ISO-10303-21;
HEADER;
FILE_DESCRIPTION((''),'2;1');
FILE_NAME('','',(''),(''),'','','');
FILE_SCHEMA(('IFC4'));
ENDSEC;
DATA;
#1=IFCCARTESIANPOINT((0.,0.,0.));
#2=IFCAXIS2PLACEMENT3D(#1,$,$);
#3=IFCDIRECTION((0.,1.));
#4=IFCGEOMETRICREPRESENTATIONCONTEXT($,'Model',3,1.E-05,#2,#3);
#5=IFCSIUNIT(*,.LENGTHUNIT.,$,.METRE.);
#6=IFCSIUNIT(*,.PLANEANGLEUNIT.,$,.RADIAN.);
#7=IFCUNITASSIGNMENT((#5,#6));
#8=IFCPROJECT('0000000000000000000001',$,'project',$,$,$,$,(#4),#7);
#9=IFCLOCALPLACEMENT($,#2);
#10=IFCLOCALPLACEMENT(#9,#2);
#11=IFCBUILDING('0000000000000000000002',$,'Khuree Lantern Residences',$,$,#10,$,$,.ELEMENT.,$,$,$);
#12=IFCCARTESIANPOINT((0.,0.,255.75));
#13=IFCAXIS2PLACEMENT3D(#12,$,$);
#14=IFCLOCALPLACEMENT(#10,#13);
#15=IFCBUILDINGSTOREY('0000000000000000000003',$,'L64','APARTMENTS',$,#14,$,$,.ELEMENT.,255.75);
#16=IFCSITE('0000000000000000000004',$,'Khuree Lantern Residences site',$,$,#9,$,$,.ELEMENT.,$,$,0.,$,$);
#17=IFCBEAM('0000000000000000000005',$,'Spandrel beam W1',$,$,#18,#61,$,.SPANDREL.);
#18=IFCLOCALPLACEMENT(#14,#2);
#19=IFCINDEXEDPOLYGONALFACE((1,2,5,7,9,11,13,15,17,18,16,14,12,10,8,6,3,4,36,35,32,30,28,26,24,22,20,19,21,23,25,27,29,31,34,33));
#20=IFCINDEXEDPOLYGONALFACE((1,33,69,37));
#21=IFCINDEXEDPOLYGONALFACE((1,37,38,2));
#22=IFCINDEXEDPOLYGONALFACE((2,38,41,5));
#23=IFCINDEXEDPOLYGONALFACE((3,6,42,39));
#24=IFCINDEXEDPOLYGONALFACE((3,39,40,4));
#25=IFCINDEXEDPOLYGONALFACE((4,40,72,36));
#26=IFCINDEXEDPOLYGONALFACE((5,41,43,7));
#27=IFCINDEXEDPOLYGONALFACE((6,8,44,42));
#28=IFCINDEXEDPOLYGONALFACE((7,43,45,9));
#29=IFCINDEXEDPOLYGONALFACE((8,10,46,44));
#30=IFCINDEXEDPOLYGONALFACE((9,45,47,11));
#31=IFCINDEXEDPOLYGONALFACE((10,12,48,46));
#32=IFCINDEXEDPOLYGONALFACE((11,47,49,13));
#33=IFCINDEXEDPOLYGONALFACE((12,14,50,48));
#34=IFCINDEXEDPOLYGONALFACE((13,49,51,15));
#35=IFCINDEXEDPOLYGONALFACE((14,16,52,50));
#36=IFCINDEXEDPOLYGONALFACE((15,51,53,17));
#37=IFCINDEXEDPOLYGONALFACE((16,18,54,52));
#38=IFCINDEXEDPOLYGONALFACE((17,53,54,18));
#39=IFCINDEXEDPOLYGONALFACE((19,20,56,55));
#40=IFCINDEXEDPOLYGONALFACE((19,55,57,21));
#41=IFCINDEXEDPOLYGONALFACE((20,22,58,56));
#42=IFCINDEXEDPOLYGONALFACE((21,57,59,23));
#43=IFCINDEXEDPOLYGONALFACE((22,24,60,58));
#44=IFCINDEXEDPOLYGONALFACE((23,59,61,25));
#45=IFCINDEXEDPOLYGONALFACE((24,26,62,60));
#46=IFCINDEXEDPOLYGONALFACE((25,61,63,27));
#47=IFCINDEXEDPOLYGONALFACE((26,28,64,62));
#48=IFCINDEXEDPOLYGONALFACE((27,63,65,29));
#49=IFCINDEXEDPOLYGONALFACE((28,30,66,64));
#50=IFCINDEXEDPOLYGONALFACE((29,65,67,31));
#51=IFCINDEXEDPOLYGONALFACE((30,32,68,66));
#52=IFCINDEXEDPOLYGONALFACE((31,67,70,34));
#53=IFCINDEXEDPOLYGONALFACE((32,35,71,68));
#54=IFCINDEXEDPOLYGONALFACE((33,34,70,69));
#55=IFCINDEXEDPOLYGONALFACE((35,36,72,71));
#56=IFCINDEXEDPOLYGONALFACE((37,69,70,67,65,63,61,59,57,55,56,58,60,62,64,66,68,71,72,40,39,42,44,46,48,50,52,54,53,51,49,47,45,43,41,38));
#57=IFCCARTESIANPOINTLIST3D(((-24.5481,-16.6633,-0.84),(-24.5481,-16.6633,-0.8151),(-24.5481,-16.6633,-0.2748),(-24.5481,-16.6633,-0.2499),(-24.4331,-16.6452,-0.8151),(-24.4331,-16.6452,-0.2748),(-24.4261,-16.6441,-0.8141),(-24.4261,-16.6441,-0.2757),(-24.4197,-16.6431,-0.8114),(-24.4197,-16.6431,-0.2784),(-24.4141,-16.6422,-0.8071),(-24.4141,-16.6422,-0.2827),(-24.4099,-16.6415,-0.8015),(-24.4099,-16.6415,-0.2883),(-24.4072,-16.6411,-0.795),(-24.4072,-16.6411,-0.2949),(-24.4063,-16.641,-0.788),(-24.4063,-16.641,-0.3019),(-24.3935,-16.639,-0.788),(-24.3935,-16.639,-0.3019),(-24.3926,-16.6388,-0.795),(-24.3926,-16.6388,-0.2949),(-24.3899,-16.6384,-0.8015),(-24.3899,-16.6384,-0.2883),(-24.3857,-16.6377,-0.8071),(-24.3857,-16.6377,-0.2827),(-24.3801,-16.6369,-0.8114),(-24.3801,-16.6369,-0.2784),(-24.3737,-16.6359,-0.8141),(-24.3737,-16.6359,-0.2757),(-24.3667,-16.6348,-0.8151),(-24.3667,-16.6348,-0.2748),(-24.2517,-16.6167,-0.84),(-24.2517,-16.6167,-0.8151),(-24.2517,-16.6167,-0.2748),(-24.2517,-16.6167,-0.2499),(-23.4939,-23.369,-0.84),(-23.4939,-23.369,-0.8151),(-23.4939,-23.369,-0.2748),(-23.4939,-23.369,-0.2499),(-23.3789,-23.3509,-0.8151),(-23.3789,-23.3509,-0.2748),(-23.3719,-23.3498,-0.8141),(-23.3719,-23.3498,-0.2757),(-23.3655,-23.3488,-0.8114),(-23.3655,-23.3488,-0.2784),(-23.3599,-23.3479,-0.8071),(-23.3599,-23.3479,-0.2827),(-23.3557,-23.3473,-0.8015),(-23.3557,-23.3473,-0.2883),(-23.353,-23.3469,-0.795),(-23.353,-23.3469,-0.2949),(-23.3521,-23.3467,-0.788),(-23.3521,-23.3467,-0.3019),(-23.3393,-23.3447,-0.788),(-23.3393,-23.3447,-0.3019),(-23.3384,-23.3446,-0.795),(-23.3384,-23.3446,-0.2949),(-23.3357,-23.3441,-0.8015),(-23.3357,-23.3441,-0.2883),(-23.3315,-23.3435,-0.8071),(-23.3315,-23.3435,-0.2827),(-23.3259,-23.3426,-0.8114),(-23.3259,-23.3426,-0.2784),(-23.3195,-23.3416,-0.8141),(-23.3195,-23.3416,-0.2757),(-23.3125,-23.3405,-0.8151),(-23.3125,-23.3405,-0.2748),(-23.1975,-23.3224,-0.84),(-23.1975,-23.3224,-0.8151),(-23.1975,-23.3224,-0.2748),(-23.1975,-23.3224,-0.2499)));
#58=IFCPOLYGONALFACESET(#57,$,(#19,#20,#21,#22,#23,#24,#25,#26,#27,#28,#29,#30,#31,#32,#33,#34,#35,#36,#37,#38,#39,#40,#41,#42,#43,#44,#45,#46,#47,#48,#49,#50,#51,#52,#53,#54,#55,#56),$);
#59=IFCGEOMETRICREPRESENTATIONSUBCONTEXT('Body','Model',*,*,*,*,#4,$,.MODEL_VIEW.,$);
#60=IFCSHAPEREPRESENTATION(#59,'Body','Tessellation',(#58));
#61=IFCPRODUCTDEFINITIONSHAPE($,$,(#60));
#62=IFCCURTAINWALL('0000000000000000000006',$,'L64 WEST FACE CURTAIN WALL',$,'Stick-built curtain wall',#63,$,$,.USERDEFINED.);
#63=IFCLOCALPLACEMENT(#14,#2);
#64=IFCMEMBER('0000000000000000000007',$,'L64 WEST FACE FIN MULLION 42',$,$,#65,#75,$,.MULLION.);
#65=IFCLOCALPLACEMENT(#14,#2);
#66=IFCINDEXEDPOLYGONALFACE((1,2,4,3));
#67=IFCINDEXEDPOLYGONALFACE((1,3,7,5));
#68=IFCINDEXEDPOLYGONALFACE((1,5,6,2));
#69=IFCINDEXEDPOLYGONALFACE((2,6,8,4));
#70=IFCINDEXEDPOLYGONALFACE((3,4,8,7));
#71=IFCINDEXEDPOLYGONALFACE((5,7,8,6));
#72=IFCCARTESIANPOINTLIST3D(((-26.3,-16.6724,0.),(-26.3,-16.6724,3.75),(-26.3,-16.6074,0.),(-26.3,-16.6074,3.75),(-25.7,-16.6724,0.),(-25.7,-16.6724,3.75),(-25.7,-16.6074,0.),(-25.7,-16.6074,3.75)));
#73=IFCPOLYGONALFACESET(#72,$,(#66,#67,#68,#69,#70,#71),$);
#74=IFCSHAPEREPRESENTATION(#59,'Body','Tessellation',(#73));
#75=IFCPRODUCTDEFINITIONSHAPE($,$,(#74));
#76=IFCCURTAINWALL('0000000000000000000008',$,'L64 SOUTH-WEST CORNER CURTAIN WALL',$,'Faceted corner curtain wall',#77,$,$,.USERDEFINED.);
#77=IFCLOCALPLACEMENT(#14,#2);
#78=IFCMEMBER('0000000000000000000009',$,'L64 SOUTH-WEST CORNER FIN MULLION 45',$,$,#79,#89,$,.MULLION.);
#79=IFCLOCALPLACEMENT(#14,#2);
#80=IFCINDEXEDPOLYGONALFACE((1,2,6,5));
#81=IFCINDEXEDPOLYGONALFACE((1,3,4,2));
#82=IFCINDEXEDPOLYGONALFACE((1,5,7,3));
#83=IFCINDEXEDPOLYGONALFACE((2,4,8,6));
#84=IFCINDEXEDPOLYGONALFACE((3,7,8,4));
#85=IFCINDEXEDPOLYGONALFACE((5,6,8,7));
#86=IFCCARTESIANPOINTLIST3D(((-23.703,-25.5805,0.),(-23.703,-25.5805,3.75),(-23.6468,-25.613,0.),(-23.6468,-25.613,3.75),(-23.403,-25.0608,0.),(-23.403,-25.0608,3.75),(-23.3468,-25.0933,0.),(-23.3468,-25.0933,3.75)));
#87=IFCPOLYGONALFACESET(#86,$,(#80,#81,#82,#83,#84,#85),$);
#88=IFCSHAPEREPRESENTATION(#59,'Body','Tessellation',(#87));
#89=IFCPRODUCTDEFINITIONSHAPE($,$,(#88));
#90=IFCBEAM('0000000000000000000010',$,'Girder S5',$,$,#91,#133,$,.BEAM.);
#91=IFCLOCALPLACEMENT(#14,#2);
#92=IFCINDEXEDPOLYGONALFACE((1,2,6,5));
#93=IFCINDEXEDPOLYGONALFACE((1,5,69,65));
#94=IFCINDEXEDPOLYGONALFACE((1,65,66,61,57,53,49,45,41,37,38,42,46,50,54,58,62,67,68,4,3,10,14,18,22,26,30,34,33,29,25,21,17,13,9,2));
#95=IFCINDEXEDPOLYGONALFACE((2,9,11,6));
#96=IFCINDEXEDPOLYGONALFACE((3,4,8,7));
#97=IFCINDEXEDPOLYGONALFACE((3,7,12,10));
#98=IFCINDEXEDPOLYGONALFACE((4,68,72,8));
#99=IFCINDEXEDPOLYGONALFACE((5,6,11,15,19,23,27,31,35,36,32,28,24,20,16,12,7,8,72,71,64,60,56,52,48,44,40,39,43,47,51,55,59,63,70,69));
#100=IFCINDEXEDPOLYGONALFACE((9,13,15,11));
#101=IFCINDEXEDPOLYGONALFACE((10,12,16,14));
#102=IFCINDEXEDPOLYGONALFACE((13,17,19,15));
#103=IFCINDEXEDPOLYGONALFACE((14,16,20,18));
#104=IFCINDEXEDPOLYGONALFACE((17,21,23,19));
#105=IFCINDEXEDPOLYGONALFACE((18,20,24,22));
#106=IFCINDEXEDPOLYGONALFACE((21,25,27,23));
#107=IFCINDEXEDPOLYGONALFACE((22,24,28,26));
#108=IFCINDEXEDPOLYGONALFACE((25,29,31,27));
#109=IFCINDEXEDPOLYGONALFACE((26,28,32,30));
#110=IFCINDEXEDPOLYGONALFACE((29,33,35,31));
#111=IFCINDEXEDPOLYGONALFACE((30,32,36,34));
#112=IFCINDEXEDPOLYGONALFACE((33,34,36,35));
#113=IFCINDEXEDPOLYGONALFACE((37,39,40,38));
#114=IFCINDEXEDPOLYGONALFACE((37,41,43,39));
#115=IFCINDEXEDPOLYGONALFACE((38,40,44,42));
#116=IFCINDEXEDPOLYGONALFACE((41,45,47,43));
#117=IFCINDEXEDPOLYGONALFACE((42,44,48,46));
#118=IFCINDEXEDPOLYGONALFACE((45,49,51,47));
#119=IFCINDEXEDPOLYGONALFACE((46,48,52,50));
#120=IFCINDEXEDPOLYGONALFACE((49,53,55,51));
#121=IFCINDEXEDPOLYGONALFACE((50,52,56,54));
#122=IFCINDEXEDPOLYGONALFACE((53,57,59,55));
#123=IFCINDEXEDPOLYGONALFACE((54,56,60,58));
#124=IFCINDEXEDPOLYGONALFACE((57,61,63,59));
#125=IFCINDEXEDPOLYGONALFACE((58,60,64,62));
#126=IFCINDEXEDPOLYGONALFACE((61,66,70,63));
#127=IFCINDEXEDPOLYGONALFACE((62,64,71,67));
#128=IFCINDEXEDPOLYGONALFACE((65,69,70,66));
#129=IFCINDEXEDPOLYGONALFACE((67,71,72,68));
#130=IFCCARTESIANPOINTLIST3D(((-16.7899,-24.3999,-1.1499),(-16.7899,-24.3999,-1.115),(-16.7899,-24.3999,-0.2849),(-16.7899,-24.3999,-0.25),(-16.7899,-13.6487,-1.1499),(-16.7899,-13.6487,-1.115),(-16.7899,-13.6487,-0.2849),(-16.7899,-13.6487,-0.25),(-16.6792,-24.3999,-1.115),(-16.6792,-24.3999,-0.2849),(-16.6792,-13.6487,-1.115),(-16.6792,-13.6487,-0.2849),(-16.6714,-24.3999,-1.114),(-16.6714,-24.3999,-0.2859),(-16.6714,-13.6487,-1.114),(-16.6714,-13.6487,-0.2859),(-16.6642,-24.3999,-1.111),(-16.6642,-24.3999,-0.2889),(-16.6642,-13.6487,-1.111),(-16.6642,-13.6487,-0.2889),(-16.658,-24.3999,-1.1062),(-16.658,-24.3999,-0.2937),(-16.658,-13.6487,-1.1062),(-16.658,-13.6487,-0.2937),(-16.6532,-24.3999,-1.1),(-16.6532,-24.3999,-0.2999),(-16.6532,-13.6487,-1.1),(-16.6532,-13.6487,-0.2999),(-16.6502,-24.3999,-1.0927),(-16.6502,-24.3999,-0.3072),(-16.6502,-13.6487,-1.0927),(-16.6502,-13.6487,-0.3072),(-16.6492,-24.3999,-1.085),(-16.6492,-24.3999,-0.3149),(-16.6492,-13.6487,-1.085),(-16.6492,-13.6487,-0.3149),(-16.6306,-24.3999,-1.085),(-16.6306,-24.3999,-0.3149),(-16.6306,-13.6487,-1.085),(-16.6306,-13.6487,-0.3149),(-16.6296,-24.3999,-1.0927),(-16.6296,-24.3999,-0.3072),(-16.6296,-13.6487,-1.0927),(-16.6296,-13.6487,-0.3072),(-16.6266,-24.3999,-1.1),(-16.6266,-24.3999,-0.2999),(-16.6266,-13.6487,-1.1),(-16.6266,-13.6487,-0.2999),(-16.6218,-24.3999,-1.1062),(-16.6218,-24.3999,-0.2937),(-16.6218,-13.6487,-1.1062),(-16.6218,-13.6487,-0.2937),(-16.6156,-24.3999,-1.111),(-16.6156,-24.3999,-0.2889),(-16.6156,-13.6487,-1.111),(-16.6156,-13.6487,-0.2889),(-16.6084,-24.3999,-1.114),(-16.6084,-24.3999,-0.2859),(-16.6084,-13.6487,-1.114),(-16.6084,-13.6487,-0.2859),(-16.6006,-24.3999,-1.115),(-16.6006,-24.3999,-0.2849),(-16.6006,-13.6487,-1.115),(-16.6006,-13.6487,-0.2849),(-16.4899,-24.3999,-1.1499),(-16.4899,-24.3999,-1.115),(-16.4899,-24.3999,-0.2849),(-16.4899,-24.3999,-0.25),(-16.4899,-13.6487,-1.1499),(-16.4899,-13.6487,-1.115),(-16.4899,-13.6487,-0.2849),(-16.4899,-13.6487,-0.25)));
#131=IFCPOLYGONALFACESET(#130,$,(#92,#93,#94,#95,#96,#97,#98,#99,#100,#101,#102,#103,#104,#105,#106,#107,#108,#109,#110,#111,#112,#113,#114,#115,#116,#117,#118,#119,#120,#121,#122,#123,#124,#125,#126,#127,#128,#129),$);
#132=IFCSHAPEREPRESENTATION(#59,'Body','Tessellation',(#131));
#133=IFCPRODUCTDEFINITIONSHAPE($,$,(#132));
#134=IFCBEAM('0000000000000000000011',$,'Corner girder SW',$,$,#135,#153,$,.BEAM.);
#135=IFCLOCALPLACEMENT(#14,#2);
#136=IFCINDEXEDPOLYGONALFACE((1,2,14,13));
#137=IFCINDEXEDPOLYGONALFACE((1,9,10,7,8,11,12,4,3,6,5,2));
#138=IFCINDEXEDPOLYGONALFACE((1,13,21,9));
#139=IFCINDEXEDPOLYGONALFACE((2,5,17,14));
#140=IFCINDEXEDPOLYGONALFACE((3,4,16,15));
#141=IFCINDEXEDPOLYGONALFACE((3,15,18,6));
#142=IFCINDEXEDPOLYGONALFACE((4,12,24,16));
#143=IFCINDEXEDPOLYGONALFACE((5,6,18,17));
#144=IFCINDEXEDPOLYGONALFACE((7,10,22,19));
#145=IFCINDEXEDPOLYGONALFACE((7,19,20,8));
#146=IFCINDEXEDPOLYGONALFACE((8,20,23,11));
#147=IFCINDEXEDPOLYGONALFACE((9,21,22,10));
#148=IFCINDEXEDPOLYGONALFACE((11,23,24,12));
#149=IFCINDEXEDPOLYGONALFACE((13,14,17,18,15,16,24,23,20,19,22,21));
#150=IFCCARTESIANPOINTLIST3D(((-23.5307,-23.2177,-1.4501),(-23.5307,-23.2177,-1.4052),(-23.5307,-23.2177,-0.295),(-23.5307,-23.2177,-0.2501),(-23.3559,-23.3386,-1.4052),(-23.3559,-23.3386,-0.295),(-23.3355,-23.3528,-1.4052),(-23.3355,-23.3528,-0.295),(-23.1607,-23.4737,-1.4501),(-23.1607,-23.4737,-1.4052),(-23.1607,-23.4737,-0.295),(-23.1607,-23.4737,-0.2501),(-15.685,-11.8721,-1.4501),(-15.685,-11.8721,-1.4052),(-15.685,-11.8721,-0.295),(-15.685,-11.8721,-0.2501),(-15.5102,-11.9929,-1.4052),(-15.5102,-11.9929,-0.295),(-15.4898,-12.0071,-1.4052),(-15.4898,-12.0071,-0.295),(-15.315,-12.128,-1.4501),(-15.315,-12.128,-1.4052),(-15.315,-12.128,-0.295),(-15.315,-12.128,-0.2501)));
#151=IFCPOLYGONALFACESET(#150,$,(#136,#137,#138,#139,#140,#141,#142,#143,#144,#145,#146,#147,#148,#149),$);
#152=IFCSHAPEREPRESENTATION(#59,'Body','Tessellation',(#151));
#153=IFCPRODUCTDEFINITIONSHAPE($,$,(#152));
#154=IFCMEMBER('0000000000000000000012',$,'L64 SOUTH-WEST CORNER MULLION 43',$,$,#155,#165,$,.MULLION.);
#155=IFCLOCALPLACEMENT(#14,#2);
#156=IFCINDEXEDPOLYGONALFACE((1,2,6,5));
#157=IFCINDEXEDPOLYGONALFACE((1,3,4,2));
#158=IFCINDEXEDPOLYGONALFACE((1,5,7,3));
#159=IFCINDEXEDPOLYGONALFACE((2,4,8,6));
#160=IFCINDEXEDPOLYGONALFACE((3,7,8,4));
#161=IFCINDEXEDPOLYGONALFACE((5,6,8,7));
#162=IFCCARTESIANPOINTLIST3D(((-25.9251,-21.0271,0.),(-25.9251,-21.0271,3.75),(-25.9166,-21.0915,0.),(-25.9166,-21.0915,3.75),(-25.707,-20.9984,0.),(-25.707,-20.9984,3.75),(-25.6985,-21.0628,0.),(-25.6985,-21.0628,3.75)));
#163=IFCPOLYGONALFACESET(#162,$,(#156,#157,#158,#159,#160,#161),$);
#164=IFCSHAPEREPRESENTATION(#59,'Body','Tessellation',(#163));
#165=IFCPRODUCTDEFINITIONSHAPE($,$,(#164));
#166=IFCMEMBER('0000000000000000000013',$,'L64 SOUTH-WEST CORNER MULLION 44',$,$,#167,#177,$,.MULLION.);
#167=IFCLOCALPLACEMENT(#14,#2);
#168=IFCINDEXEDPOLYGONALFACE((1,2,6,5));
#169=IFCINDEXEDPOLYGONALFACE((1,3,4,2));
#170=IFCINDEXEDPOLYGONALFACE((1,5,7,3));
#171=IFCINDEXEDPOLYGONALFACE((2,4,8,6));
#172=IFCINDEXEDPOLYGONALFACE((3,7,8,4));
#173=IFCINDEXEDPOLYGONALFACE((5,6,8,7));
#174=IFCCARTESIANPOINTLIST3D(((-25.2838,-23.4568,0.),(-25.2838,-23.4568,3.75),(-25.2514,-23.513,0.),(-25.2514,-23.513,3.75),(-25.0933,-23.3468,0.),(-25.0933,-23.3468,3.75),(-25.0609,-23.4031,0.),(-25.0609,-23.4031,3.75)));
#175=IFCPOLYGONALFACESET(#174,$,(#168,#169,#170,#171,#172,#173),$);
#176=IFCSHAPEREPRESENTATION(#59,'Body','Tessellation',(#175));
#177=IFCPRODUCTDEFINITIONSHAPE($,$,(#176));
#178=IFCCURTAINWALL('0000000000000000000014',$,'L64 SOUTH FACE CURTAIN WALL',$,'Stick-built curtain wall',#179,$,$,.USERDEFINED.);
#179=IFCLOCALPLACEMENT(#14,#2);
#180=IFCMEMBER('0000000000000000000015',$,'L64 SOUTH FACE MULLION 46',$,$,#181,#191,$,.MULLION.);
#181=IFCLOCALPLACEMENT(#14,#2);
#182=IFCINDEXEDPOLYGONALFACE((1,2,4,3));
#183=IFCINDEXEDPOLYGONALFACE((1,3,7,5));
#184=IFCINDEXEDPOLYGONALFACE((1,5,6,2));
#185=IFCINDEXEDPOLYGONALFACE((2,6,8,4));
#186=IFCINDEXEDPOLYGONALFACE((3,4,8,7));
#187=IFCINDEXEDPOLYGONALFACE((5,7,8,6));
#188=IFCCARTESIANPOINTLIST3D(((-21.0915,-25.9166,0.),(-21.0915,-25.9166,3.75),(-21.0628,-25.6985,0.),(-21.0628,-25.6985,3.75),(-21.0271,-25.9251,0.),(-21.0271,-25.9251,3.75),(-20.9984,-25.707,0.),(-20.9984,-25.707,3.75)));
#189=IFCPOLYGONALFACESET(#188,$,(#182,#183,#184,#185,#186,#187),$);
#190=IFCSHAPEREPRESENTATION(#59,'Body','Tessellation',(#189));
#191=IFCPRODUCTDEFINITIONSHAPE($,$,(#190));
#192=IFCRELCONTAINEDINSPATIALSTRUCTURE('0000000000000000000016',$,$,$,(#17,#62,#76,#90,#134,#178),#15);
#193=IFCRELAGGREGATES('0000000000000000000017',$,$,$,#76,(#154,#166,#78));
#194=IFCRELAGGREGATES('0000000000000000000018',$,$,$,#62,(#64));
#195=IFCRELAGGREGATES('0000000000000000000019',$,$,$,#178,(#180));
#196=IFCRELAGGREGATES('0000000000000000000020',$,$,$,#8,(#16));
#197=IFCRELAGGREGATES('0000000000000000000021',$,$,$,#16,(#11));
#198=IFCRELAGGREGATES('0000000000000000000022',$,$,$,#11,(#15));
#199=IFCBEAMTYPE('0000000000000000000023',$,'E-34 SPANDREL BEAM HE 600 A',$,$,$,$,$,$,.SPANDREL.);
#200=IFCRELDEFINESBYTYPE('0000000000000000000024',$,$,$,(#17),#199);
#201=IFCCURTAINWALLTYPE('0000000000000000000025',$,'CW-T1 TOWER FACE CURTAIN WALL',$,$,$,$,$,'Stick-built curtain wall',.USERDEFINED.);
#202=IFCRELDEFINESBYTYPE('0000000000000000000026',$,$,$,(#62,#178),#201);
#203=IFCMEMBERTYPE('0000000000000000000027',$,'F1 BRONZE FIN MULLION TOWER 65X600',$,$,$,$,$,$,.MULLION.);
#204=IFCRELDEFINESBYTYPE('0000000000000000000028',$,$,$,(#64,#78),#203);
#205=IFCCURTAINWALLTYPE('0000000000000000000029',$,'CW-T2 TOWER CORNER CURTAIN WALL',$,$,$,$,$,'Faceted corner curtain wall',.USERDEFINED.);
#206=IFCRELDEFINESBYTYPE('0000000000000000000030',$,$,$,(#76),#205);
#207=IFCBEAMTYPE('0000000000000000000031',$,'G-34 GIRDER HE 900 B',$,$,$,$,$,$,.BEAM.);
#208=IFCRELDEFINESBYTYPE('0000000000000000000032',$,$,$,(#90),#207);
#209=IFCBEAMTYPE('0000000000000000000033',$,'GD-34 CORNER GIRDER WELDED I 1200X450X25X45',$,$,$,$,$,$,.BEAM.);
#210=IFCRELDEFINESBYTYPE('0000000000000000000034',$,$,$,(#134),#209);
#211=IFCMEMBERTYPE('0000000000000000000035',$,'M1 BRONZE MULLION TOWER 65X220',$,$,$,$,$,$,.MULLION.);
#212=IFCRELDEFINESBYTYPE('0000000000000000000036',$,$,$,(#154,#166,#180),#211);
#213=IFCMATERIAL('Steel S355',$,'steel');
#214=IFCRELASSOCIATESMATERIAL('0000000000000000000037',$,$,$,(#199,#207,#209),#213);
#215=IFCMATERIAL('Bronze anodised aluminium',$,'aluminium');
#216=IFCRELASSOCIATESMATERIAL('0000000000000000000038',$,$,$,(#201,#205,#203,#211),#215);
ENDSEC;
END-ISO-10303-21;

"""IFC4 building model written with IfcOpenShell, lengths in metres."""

from ifc_helpers import new_model, si_unit, direction, frame, origin, origin_2d, place, context, subcontext, project, spatial, rectangle, i_section, extrude, material, material_profile, profile_set, type_object, element, aggregate, save


model = new_model("IFC4")

# Units and contexts
model_context = context("Model", 3, precision=1e-05, world=origin(), true_north=direction((0.0, 1.0)))
body_context = subcontext(model_context, "Body", "Model", "MODEL_VIEW")
ifc_project = project(units=[si_unit("LENGTHUNIT", "METRE"), si_unit("PLANEANGLEUNIT", "RADIAN")], contexts=[model_context])

# Site, building, storey
site_placement = place(None, origin())
site = spatial("IfcSite", under=ifc_project, at=site_placement, Name="Khuree Lantern Residences site", CompositionType="ELEMENT", RefElevation=0.0)
building_placement = place(site_placement, origin())
building = spatial("IfcBuilding", under=site, at=building_placement, Name="Khuree Lantern Residences", CompositionType="ELEMENT")
storey_placement = place(building_placement, frame((0.0, 0.0, 255.75)))
storey = spatial("IfcBuildingStorey", under=building, at=storey_placement, Name="L64", Description="APARTMENTS", CompositionType="ELEMENT", Elevation=255.75)

# Beam
ifc_material_1 = material(Name="Steel S355", Category="steel")
ifc_material_profile_1 = material_profile(ifc_material_1, i_section(OverallWidth=0.3, OverallDepth=0.5901, WebThickness=0.0129, FlangeThickness=0.0249, FilletRadius=0.0271, at=origin_2d()), Name="HE 600 A")
ifc_profile_set_1 = profile_set([ifc_material_profile_1], Name="Steel S355")
beam_type_1 = type_object("IfcBeamType", Name="E-34 SPANDREL BEAM HE 600 A", PredefinedType="SPANDREL", material=ifc_profile_set_1)
for number, where, z_axis, x_axis, name in (
    (1, (-23.3457, -23.3457, -0.5449), (-0.1553, 0.987867, 0.0), (-0.987867, -0.1553, 0.0), "Spandrel beam W1"),
):
    element("IfcBeam", number, at=place(storey_placement, frame(where, z_axis=z_axis, x_axis=x_axis)), inside=storey, type_object=beam_type_1, Name=name, PredefinedType="SPANDREL", context=body_context, shape_type="SweptSolid", body=[
        extrude(i_section(OverallWidth=0.3, OverallDepth=0.5901, WebThickness=0.0129, FlangeThickness=0.0249, FilletRadius=0.0271, at=origin_2d()), origin(), (0.0, 0.0, 1.0), 6.7881),
    ])

# Curtain walls, members
ifc_material_2 = material(Name="Bronze anodised aluminium", Category="aluminium")
curtain_wall_type_1 = type_object("IfcCurtainWallType", Name="CW-T1 TOWER FACE CURTAIN WALL", ElementType="Stick-built curtain wall", PredefinedType="USERDEFINED", material=ifc_material_2)
curtain_wall_1_placement = place(storey_placement, origin())
curtain_wall_1 = element("IfcCurtainWall", 2, at=curtain_wall_1_placement, inside=storey, type_object=curtain_wall_type_1, Name="L64 WEST FACE CURTAIN WALL", ObjectType="Stick-built curtain wall", PredefinedType="USERDEFINED")
ifc_material_profile_2 = material_profile(ifc_material_2, rectangle(XDim=0.0649, YDim=0.6001, at=origin_2d()), Name="F1 65X600")
ifc_profile_set_2 = profile_set([ifc_material_profile_2], Name="Bronze anodised aluminium")
member_type_1 = type_object("IfcMemberType", Name="F1 BRONZE FIN MULLION TOWER 65X600", PredefinedType="MULLION", material=ifc_profile_set_2)
member_1_placement = place(storey_placement, frame((-26.0, -16.6399, 0.0), z_axis=(0.0, 0.0, 1.0), x_axis=(0.0, -1.0, 0.0)))
member_1 = element("IfcMember", 3, at=member_1_placement, type_object=member_type_1, Name="L64 WEST FACE FIN MULLION 42", PredefinedType="MULLION", context=body_context, shape_type="SweptSolid", body=[
    extrude(rectangle(XDim=0.0649, YDim=0.6001, at=origin_2d()), origin(), (0.0, 0.0, 1.0), 3.75),
])
curtain_wall_type_2 = type_object("IfcCurtainWallType", Name="CW-T2 TOWER CORNER CURTAIN WALL", ElementType="Faceted corner curtain wall", PredefinedType="USERDEFINED", material=ifc_material_2)
curtain_wall_2_placement = place(storey_placement, origin())
curtain_wall_2 = element("IfcCurtainWall", 4, at=curtain_wall_2_placement, inside=storey, type_object=curtain_wall_type_2, Name="L64 SOUTH-WEST CORNER CURTAIN WALL", ObjectType="Faceted corner curtain wall", PredefinedType="USERDEFINED")
member_2_placement = place(storey_placement, frame((-23.5249, -25.3369, 0.0), z_axis=(0.0, 0.0, 1.0), x_axis=(0.866025, -0.5, 0.0)))
member_2 = element("IfcMember", 5, at=member_2_placement, type_object=member_type_1, Name="L64 SOUTH-WEST CORNER FIN MULLION 45", PredefinedType="MULLION", context=body_context, shape_type="SweptSolid", body=[
    extrude(rectangle(XDim=0.0649, YDim=0.6001, at=origin_2d()), origin(), (0.0, 0.0, 1.0), 3.75),
])

# Beams
ifc_material_profile_3 = material_profile(ifc_material_1, i_section(OverallWidth=0.3, OverallDepth=0.8999, WebThickness=0.0186, FlangeThickness=0.0349, FilletRadius=0.03, at=origin_2d()), Name="HE 900 B")
ifc_profile_set_3 = profile_set([ifc_material_profile_3], Name="Steel S355")
beam_type_2 = type_object("IfcBeamType", Name="G-34 GIRDER HE 900 B", PredefinedType="BEAM", material=ifc_profile_set_3)
beam_1_placement = place(storey_placement, frame((-16.6399, -24.3999, -0.7), z_axis=(0.0, 1.0, 0.0), x_axis=(-1.0, 0.0, 0.0)))
element("IfcBeam", 6, at=beam_1_placement, inside=storey, type_object=beam_type_2, Name="Girder S5", PredefinedType="BEAM", context=body_context, shape_type="SweptSolid", body=[
    extrude(i_section(OverallWidth=0.3, OverallDepth=0.8999, WebThickness=0.0186, FlangeThickness=0.0349, FilletRadius=0.03, at=origin_2d()), origin(), (0.0, 0.0, 1.0), 10.7512),
])
ifc_material_profile_4 = material_profile(ifc_material_1, i_section(OverallWidth=0.45, OverallDepth=1.2, WebThickness=0.0249, FlangeThickness=0.0449, at=origin_2d()), Name="WELDED I 1200X450X25X45")
ifc_profile_set_4 = profile_set([ifc_material_profile_4], Name="Steel S355")
beam_type_3 = type_object("IfcBeamType", Name="GD-34 CORNER GIRDER WELDED I 1200X450X25X45", PredefinedType="BEAM", material=ifc_profile_set_4)
beam_2_placement = place(storey_placement, frame((-23.3457, -23.3457, -0.8501), z_axis=(0.568768, 0.822498, 0.0), x_axis=(-0.822498, 0.568768, 0.0)))
element("IfcBeam", 7, at=beam_2_placement, inside=storey, type_object=beam_type_3, Name="Corner girder SW", PredefinedType="BEAM", context=body_context, shape_type="SweptSolid", body=[
    extrude(i_section(OverallWidth=0.45, OverallDepth=1.2, WebThickness=0.0249, FlangeThickness=0.0449, at=origin_2d()), origin(), (0.0, 0.0, 1.0), 13.7942),
])

# Members
ifc_material_profile_5 = material_profile(ifc_material_2, rectangle(XDim=0.0649, YDim=0.22, at=origin_2d()), Name="M1 65X220")
ifc_profile_set_5 = profile_set([ifc_material_profile_5], Name="Bronze anodised aluminium")
member_type_2 = type_object("IfcMemberType", Name="M1 BRONZE MULLION TOWER 65X220", PredefinedType="MULLION", material=ifc_profile_set_5)
member_3_placement = place(storey_placement, frame((-25.8118, -21.0449, 0.0), z_axis=(0.0, 0.0, 1.0), x_axis=(0.130526, -0.991445, 0.0)))
member_3 = element("IfcMember", 8, at=member_3_placement, type_object=member_type_2, Name="L64 SOUTH-WEST CORNER MULLION 43", PredefinedType="MULLION", context=body_context, shape_type="SweptSolid", body=[
    extrude(rectangle(XDim=0.0649, YDim=0.22, at=origin_2d()), origin(), (0.0, 0.0, 1.0), 3.75),
])
member_4_placement = place(storey_placement, frame((-25.1724, -23.4299, 0.0), z_axis=(0.0, 0.0, 1.0), x_axis=(0.5, -0.866025, 0.0)))
member_4 = element("IfcMember", 9, at=member_4_placement, type_object=member_type_2, Name="L64 SOUTH-WEST CORNER MULLION 44", PredefinedType="MULLION", context=body_context, shape_type="SweptSolid", body=[
    extrude(rectangle(XDim=0.0649, YDim=0.22, at=origin_2d()), origin(), (0.0, 0.0, 1.0), 3.75),
])

# Curtain wall, member
curtain_wall_3_placement = place(storey_placement, origin())
curtain_wall_3 = element("IfcCurtainWall", 10, at=curtain_wall_3_placement, inside=storey, type_object=curtain_wall_type_1, Name="L64 SOUTH FACE CURTAIN WALL", ObjectType="Stick-built curtain wall", PredefinedType="USERDEFINED")
member_5_placement = place(storey_placement, frame((-21.0449, -25.8118, 0.0), z_axis=(0.0, 0.0, 1.0), x_axis=(0.991445, -0.130526, 0.0)))
member_5 = element("IfcMember", 11, at=member_5_placement, type_object=member_type_2, Name="L64 SOUTH FACE MULLION 46", PredefinedType="MULLION", context=body_context, shape_type="SweptSolid", body=[
    extrude(rectangle(XDim=0.0649, YDim=0.22, at=origin_2d()), origin(), (0.0, 0.0, 1.0), 3.75),
])

aggregate(curtain_wall_2, [member_3, member_4, member_2])
aggregate(curtain_wall_1, [member_1])
aggregate(curtain_wall_3, [member_5])

save(model, "model.ifc")
